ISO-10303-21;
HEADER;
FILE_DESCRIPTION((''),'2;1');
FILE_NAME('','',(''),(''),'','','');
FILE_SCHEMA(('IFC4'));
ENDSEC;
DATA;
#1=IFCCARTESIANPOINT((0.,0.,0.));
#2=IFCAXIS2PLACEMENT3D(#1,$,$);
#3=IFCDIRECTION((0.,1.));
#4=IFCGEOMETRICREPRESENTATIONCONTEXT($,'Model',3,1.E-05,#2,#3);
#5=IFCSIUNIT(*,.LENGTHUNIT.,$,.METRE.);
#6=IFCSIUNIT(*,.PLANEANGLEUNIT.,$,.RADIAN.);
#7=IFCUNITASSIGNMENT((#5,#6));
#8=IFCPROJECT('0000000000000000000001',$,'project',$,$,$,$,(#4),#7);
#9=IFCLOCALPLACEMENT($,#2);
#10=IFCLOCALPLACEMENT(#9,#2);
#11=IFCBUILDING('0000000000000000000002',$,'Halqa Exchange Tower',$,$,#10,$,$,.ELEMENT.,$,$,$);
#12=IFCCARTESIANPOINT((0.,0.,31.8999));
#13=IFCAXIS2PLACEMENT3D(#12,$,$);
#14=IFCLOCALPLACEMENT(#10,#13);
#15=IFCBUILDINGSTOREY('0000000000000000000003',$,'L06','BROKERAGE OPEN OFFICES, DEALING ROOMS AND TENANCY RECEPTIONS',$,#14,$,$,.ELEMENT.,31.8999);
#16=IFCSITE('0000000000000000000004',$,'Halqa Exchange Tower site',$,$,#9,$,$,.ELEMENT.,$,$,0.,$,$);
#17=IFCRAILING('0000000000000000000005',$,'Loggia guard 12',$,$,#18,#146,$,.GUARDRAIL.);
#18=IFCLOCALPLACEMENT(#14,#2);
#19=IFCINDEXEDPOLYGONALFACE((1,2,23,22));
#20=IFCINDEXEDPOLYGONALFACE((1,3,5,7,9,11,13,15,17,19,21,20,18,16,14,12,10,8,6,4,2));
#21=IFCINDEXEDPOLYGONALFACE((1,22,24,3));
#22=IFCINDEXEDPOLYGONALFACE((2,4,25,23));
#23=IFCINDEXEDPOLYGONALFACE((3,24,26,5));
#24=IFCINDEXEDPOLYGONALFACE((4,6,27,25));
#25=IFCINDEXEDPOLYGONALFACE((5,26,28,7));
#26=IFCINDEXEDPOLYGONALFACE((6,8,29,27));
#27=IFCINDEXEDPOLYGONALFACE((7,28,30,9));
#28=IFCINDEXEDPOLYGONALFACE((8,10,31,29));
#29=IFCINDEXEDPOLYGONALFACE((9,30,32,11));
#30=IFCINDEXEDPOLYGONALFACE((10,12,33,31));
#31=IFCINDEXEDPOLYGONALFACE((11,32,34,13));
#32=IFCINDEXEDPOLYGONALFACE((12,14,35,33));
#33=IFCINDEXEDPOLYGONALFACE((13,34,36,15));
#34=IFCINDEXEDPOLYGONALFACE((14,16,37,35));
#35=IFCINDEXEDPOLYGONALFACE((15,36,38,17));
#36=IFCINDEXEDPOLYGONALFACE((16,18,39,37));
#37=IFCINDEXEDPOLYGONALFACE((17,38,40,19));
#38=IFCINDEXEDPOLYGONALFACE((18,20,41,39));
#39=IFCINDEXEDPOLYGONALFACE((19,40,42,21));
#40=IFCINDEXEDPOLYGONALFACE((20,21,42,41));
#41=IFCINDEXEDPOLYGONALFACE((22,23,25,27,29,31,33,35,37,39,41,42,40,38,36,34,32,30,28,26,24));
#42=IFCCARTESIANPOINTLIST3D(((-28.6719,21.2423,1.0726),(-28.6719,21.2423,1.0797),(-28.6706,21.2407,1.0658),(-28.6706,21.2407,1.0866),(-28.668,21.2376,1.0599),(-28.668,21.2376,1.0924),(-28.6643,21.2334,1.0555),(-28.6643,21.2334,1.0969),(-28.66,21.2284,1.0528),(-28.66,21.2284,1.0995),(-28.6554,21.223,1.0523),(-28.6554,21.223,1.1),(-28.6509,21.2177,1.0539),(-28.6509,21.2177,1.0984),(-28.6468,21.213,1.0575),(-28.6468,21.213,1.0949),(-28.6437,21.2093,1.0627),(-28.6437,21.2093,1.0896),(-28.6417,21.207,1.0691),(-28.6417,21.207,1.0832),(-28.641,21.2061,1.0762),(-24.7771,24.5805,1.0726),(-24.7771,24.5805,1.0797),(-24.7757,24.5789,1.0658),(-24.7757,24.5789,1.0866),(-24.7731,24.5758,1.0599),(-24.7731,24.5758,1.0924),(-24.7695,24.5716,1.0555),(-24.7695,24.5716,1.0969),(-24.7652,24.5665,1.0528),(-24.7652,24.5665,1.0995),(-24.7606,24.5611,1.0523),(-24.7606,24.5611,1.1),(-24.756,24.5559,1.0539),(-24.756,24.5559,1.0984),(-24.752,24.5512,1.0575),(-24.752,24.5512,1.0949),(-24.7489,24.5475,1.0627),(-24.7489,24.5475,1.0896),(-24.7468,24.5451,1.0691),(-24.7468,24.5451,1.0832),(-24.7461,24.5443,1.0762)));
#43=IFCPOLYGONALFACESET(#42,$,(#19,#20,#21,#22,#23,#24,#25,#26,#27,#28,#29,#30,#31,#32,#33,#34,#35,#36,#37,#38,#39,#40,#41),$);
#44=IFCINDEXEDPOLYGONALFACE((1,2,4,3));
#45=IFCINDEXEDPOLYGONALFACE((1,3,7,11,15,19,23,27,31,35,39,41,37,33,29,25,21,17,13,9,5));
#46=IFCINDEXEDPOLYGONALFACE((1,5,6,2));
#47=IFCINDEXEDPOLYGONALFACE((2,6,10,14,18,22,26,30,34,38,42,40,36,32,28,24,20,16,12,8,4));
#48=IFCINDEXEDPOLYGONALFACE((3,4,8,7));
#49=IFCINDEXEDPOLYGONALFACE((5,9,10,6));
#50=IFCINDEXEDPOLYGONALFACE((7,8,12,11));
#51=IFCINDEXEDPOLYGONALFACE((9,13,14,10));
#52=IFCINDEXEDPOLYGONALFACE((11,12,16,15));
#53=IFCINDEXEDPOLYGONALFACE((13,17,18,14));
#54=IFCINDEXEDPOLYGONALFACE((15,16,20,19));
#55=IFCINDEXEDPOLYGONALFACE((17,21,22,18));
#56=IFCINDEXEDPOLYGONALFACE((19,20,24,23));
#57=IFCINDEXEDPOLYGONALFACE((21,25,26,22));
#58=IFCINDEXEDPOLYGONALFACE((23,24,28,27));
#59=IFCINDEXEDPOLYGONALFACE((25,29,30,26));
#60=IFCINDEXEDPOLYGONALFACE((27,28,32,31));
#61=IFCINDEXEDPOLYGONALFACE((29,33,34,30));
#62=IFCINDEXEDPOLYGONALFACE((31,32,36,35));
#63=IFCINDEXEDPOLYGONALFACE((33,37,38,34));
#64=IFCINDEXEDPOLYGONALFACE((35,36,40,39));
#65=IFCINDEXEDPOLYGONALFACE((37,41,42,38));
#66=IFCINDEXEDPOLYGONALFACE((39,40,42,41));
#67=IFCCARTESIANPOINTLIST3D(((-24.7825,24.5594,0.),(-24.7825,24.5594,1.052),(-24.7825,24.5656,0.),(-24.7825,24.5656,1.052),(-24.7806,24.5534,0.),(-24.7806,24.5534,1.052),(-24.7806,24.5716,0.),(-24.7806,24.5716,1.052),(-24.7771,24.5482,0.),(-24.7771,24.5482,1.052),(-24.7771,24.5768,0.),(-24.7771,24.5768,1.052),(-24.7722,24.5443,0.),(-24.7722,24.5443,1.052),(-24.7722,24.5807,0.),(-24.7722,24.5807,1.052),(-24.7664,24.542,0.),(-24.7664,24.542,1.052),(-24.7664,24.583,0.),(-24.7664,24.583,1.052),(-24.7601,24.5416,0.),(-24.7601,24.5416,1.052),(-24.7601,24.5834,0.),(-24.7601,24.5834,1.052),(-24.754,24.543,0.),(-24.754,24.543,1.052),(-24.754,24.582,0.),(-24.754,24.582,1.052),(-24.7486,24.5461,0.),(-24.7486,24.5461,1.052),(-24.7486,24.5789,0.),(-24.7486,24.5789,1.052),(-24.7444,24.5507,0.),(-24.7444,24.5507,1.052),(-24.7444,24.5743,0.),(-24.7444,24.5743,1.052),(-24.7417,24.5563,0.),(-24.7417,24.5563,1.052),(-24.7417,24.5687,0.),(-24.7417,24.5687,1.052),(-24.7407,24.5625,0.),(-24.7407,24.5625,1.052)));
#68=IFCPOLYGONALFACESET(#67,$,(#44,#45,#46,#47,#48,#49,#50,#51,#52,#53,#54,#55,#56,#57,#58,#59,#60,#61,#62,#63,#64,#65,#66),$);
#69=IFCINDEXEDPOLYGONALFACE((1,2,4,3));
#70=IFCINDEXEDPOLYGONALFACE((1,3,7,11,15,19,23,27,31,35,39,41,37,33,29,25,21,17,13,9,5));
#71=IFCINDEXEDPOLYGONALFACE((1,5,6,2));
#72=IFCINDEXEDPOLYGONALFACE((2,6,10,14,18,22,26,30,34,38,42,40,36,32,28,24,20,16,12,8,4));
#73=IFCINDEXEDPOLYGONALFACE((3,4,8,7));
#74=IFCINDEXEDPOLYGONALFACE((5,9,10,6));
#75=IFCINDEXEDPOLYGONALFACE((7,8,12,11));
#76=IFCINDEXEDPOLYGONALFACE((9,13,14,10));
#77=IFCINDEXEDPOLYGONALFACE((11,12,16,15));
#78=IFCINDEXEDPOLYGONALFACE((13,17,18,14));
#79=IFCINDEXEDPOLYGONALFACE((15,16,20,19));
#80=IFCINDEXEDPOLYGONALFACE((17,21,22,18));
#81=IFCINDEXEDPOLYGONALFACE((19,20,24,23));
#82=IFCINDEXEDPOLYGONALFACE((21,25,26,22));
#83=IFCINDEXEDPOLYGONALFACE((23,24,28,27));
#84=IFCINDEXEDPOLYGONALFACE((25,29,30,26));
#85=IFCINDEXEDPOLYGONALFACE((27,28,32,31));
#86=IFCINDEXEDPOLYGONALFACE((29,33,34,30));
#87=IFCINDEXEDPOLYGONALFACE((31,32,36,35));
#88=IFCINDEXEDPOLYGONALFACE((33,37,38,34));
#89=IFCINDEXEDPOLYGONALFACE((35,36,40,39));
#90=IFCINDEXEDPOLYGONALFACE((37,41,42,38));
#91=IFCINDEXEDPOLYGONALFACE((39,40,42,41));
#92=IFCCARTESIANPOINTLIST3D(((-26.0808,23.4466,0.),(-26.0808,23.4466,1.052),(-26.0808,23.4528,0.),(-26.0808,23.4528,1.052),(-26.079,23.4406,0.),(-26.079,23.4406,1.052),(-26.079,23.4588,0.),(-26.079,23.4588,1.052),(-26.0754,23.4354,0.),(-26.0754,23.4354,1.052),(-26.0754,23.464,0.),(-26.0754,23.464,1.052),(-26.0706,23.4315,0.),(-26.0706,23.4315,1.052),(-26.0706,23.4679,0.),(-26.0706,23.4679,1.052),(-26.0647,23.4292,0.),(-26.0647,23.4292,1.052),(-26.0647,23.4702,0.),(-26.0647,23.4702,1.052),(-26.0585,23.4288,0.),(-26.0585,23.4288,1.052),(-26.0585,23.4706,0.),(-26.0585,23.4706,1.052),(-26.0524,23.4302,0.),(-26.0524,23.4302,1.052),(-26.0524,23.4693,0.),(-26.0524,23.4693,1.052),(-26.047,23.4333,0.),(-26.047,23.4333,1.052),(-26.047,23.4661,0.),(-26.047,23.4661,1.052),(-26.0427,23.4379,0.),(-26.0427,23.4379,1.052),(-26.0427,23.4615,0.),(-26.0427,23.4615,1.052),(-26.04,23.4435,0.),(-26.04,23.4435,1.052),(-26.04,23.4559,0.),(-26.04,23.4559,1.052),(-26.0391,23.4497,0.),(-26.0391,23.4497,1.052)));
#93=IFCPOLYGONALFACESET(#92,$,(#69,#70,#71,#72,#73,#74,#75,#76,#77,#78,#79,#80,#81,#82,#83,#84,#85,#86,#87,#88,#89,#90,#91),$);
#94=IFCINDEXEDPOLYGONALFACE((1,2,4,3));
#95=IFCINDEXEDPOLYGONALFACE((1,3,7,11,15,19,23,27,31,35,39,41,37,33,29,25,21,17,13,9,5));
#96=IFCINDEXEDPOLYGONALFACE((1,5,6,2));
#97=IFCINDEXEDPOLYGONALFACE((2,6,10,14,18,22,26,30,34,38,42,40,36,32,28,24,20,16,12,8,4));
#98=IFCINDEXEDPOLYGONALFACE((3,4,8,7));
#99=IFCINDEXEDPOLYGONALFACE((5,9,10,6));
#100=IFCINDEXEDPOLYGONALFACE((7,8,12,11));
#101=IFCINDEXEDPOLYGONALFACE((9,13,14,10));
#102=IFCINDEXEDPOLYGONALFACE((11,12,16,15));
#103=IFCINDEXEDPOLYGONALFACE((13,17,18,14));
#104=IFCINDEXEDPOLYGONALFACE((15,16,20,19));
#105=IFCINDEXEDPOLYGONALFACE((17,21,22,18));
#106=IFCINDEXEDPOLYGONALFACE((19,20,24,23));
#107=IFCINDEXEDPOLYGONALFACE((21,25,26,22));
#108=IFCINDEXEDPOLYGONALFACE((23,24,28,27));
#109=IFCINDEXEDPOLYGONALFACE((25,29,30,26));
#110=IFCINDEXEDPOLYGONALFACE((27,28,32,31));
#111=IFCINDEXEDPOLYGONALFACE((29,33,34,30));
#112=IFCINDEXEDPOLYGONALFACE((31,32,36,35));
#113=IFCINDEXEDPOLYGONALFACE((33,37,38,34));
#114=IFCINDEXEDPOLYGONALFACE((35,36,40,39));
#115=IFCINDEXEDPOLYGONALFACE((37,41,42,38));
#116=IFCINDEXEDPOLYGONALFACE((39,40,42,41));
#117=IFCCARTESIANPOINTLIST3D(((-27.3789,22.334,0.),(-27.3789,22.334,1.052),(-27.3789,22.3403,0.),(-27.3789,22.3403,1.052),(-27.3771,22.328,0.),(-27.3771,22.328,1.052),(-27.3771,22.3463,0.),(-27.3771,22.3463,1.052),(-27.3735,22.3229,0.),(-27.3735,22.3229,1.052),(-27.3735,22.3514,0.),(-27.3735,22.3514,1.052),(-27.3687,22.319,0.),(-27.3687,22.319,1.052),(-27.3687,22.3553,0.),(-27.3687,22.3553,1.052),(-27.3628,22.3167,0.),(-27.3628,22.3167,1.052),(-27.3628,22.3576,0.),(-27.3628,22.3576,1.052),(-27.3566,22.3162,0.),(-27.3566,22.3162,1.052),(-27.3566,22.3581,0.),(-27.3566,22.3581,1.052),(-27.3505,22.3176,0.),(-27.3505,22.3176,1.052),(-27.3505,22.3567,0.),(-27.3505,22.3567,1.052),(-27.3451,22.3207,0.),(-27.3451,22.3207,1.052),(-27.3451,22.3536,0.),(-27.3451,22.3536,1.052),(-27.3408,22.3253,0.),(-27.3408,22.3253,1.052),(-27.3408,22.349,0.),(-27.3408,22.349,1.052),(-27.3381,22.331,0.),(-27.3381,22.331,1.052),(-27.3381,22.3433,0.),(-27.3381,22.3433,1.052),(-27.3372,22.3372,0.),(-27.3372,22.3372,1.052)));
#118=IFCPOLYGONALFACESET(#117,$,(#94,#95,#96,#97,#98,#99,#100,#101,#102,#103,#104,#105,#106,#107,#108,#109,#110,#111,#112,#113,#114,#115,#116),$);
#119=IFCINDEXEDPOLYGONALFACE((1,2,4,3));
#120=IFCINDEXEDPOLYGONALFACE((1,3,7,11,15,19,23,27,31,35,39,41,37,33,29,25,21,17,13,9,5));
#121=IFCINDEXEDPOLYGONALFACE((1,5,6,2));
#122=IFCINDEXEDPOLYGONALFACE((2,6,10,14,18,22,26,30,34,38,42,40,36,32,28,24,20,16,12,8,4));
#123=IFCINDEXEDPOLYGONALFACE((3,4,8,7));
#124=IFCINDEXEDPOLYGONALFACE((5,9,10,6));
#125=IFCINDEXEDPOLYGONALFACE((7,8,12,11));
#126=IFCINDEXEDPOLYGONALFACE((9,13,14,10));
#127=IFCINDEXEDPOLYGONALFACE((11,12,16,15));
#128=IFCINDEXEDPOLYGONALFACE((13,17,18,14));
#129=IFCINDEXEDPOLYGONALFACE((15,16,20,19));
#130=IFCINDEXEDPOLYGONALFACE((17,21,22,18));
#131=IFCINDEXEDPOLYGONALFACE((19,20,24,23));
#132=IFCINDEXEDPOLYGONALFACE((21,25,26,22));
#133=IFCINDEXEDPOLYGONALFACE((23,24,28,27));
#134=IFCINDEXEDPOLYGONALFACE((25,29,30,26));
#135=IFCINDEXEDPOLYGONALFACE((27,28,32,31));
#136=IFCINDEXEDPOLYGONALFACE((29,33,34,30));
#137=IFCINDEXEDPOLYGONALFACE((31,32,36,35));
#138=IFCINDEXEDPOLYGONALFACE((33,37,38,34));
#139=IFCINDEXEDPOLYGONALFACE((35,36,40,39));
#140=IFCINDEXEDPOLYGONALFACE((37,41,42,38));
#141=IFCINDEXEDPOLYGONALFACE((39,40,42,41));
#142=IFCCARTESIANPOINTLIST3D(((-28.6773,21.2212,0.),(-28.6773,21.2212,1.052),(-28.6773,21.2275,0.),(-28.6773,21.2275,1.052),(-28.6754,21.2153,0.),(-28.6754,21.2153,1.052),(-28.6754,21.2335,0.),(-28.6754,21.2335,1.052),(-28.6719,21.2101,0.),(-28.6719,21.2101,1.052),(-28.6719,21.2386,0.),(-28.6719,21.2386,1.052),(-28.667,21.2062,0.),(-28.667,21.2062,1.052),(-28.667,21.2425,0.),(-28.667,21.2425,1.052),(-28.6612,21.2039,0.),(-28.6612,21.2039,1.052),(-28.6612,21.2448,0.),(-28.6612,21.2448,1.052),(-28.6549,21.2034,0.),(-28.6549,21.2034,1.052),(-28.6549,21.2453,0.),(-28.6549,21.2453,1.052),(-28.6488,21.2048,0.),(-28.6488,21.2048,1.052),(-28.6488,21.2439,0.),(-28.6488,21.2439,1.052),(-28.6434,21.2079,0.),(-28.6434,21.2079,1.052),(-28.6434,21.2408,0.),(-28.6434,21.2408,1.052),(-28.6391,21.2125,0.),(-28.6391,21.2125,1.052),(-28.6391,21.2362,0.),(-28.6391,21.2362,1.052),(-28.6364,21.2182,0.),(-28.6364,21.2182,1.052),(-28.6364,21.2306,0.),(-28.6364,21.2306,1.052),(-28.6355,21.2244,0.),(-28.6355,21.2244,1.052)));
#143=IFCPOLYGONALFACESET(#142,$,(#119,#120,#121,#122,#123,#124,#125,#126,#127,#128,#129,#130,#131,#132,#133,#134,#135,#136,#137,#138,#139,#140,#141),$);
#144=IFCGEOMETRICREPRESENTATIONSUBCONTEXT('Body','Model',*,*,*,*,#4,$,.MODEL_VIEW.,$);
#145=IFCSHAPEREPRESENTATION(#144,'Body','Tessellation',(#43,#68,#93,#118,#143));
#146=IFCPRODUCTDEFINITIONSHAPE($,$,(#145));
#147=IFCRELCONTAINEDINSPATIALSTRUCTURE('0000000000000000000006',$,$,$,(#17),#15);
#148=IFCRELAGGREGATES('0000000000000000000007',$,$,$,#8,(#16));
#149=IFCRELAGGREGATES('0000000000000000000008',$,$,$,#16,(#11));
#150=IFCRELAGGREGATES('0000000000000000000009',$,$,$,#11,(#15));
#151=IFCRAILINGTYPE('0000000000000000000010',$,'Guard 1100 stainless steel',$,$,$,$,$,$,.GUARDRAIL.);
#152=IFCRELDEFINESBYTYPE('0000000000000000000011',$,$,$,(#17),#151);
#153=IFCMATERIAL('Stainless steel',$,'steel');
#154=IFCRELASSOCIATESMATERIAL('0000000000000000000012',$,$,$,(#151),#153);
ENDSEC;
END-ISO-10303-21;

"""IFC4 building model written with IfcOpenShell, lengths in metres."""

from ifc_helpers import new_model, si_unit, direction, frame, origin, origin_2d, place, context, subcontext, project, spatial, circle, extrude, material, type_object, element, save


model = new_model("IFC4")

# Units and contexts
model_context = context("Model", 3, precision=1e-05, world=origin(), true_north=direction((0.0, 1.0)))
body_context = subcontext(model_context, "Body", "Model", "MODEL_VIEW")
ifc_project = project(units=[si_unit("LENGTHUNIT", "METRE"), si_unit("PLANEANGLEUNIT", "RADIAN")], contexts=[model_context])

# Site, building, storey
site_placement = place(None, origin())
site = spatial("IfcSite", under=ifc_project, at=site_placement, Name="Halqa Exchange Tower site", CompositionType="ELEMENT", RefElevation=0.0)
building_placement = place(site_placement, origin())
building = spatial("IfcBuilding", under=site, at=building_placement, Name="Halqa Exchange Tower", CompositionType="ELEMENT")
storey_placement = place(building_placement, frame((0.0, 0.0, 31.8999)))
storey = spatial("IfcBuildingStorey", under=building, at=storey_placement, Name="L06", Description="BROKERAGE OPEN OFFICES, DEALING ROOMS AND TENANCY RECEPTIONS", CompositionType="ELEMENT", Elevation=31.8999)

# Railing
ifc_material_1 = material(Name="Stainless steel", Category="steel")
railing_type = type_object("IfcRailingType", Name="Guard 1100 stainless steel", PredefinedType="GUARDRAIL", material=ifc_material_1)
railing_1_placement = place(storey_placement, frame((-24.7617, 24.5625, 0.0)))
element("IfcRailing", 1, at=railing_1_placement, inside=storey, type_object=railing_type, Name="Loggia guard 12", PredefinedType="GUARDRAIL", context=body_context, shape_type="SweptSolid", body=[
    extrude(circle(Radius=0.0239, at=origin_2d()), frame((0.0, 0.0, 1.0762), z_axis=(-0.75928, -0.650764, 0.0), x_axis=(0.650764, -0.75928, 0.0)), (0.0, 0.0, 1.0), 5.1296),
    extrude(circle(Radius=0.021, at=origin_2d()), origin(), (0.0, 0.0, 1.0), 1.052),
    extrude(circle(Radius=0.021, at=origin_2d()), frame((-1.2983, -1.1128, 0.0)), (0.0, 0.0, 1.0), 1.052),
    extrude(circle(Radius=0.021, at=origin_2d()), frame((-2.5964, -2.2253, 0.0)), (0.0, 0.0, 1.0), 1.052),
    extrude(circle(Radius=0.021, at=origin_2d()), frame((-3.8948, -3.3381, 0.0)), (0.0, 0.0, 1.0), 1.052),
])

save(model, "model.ifc")
